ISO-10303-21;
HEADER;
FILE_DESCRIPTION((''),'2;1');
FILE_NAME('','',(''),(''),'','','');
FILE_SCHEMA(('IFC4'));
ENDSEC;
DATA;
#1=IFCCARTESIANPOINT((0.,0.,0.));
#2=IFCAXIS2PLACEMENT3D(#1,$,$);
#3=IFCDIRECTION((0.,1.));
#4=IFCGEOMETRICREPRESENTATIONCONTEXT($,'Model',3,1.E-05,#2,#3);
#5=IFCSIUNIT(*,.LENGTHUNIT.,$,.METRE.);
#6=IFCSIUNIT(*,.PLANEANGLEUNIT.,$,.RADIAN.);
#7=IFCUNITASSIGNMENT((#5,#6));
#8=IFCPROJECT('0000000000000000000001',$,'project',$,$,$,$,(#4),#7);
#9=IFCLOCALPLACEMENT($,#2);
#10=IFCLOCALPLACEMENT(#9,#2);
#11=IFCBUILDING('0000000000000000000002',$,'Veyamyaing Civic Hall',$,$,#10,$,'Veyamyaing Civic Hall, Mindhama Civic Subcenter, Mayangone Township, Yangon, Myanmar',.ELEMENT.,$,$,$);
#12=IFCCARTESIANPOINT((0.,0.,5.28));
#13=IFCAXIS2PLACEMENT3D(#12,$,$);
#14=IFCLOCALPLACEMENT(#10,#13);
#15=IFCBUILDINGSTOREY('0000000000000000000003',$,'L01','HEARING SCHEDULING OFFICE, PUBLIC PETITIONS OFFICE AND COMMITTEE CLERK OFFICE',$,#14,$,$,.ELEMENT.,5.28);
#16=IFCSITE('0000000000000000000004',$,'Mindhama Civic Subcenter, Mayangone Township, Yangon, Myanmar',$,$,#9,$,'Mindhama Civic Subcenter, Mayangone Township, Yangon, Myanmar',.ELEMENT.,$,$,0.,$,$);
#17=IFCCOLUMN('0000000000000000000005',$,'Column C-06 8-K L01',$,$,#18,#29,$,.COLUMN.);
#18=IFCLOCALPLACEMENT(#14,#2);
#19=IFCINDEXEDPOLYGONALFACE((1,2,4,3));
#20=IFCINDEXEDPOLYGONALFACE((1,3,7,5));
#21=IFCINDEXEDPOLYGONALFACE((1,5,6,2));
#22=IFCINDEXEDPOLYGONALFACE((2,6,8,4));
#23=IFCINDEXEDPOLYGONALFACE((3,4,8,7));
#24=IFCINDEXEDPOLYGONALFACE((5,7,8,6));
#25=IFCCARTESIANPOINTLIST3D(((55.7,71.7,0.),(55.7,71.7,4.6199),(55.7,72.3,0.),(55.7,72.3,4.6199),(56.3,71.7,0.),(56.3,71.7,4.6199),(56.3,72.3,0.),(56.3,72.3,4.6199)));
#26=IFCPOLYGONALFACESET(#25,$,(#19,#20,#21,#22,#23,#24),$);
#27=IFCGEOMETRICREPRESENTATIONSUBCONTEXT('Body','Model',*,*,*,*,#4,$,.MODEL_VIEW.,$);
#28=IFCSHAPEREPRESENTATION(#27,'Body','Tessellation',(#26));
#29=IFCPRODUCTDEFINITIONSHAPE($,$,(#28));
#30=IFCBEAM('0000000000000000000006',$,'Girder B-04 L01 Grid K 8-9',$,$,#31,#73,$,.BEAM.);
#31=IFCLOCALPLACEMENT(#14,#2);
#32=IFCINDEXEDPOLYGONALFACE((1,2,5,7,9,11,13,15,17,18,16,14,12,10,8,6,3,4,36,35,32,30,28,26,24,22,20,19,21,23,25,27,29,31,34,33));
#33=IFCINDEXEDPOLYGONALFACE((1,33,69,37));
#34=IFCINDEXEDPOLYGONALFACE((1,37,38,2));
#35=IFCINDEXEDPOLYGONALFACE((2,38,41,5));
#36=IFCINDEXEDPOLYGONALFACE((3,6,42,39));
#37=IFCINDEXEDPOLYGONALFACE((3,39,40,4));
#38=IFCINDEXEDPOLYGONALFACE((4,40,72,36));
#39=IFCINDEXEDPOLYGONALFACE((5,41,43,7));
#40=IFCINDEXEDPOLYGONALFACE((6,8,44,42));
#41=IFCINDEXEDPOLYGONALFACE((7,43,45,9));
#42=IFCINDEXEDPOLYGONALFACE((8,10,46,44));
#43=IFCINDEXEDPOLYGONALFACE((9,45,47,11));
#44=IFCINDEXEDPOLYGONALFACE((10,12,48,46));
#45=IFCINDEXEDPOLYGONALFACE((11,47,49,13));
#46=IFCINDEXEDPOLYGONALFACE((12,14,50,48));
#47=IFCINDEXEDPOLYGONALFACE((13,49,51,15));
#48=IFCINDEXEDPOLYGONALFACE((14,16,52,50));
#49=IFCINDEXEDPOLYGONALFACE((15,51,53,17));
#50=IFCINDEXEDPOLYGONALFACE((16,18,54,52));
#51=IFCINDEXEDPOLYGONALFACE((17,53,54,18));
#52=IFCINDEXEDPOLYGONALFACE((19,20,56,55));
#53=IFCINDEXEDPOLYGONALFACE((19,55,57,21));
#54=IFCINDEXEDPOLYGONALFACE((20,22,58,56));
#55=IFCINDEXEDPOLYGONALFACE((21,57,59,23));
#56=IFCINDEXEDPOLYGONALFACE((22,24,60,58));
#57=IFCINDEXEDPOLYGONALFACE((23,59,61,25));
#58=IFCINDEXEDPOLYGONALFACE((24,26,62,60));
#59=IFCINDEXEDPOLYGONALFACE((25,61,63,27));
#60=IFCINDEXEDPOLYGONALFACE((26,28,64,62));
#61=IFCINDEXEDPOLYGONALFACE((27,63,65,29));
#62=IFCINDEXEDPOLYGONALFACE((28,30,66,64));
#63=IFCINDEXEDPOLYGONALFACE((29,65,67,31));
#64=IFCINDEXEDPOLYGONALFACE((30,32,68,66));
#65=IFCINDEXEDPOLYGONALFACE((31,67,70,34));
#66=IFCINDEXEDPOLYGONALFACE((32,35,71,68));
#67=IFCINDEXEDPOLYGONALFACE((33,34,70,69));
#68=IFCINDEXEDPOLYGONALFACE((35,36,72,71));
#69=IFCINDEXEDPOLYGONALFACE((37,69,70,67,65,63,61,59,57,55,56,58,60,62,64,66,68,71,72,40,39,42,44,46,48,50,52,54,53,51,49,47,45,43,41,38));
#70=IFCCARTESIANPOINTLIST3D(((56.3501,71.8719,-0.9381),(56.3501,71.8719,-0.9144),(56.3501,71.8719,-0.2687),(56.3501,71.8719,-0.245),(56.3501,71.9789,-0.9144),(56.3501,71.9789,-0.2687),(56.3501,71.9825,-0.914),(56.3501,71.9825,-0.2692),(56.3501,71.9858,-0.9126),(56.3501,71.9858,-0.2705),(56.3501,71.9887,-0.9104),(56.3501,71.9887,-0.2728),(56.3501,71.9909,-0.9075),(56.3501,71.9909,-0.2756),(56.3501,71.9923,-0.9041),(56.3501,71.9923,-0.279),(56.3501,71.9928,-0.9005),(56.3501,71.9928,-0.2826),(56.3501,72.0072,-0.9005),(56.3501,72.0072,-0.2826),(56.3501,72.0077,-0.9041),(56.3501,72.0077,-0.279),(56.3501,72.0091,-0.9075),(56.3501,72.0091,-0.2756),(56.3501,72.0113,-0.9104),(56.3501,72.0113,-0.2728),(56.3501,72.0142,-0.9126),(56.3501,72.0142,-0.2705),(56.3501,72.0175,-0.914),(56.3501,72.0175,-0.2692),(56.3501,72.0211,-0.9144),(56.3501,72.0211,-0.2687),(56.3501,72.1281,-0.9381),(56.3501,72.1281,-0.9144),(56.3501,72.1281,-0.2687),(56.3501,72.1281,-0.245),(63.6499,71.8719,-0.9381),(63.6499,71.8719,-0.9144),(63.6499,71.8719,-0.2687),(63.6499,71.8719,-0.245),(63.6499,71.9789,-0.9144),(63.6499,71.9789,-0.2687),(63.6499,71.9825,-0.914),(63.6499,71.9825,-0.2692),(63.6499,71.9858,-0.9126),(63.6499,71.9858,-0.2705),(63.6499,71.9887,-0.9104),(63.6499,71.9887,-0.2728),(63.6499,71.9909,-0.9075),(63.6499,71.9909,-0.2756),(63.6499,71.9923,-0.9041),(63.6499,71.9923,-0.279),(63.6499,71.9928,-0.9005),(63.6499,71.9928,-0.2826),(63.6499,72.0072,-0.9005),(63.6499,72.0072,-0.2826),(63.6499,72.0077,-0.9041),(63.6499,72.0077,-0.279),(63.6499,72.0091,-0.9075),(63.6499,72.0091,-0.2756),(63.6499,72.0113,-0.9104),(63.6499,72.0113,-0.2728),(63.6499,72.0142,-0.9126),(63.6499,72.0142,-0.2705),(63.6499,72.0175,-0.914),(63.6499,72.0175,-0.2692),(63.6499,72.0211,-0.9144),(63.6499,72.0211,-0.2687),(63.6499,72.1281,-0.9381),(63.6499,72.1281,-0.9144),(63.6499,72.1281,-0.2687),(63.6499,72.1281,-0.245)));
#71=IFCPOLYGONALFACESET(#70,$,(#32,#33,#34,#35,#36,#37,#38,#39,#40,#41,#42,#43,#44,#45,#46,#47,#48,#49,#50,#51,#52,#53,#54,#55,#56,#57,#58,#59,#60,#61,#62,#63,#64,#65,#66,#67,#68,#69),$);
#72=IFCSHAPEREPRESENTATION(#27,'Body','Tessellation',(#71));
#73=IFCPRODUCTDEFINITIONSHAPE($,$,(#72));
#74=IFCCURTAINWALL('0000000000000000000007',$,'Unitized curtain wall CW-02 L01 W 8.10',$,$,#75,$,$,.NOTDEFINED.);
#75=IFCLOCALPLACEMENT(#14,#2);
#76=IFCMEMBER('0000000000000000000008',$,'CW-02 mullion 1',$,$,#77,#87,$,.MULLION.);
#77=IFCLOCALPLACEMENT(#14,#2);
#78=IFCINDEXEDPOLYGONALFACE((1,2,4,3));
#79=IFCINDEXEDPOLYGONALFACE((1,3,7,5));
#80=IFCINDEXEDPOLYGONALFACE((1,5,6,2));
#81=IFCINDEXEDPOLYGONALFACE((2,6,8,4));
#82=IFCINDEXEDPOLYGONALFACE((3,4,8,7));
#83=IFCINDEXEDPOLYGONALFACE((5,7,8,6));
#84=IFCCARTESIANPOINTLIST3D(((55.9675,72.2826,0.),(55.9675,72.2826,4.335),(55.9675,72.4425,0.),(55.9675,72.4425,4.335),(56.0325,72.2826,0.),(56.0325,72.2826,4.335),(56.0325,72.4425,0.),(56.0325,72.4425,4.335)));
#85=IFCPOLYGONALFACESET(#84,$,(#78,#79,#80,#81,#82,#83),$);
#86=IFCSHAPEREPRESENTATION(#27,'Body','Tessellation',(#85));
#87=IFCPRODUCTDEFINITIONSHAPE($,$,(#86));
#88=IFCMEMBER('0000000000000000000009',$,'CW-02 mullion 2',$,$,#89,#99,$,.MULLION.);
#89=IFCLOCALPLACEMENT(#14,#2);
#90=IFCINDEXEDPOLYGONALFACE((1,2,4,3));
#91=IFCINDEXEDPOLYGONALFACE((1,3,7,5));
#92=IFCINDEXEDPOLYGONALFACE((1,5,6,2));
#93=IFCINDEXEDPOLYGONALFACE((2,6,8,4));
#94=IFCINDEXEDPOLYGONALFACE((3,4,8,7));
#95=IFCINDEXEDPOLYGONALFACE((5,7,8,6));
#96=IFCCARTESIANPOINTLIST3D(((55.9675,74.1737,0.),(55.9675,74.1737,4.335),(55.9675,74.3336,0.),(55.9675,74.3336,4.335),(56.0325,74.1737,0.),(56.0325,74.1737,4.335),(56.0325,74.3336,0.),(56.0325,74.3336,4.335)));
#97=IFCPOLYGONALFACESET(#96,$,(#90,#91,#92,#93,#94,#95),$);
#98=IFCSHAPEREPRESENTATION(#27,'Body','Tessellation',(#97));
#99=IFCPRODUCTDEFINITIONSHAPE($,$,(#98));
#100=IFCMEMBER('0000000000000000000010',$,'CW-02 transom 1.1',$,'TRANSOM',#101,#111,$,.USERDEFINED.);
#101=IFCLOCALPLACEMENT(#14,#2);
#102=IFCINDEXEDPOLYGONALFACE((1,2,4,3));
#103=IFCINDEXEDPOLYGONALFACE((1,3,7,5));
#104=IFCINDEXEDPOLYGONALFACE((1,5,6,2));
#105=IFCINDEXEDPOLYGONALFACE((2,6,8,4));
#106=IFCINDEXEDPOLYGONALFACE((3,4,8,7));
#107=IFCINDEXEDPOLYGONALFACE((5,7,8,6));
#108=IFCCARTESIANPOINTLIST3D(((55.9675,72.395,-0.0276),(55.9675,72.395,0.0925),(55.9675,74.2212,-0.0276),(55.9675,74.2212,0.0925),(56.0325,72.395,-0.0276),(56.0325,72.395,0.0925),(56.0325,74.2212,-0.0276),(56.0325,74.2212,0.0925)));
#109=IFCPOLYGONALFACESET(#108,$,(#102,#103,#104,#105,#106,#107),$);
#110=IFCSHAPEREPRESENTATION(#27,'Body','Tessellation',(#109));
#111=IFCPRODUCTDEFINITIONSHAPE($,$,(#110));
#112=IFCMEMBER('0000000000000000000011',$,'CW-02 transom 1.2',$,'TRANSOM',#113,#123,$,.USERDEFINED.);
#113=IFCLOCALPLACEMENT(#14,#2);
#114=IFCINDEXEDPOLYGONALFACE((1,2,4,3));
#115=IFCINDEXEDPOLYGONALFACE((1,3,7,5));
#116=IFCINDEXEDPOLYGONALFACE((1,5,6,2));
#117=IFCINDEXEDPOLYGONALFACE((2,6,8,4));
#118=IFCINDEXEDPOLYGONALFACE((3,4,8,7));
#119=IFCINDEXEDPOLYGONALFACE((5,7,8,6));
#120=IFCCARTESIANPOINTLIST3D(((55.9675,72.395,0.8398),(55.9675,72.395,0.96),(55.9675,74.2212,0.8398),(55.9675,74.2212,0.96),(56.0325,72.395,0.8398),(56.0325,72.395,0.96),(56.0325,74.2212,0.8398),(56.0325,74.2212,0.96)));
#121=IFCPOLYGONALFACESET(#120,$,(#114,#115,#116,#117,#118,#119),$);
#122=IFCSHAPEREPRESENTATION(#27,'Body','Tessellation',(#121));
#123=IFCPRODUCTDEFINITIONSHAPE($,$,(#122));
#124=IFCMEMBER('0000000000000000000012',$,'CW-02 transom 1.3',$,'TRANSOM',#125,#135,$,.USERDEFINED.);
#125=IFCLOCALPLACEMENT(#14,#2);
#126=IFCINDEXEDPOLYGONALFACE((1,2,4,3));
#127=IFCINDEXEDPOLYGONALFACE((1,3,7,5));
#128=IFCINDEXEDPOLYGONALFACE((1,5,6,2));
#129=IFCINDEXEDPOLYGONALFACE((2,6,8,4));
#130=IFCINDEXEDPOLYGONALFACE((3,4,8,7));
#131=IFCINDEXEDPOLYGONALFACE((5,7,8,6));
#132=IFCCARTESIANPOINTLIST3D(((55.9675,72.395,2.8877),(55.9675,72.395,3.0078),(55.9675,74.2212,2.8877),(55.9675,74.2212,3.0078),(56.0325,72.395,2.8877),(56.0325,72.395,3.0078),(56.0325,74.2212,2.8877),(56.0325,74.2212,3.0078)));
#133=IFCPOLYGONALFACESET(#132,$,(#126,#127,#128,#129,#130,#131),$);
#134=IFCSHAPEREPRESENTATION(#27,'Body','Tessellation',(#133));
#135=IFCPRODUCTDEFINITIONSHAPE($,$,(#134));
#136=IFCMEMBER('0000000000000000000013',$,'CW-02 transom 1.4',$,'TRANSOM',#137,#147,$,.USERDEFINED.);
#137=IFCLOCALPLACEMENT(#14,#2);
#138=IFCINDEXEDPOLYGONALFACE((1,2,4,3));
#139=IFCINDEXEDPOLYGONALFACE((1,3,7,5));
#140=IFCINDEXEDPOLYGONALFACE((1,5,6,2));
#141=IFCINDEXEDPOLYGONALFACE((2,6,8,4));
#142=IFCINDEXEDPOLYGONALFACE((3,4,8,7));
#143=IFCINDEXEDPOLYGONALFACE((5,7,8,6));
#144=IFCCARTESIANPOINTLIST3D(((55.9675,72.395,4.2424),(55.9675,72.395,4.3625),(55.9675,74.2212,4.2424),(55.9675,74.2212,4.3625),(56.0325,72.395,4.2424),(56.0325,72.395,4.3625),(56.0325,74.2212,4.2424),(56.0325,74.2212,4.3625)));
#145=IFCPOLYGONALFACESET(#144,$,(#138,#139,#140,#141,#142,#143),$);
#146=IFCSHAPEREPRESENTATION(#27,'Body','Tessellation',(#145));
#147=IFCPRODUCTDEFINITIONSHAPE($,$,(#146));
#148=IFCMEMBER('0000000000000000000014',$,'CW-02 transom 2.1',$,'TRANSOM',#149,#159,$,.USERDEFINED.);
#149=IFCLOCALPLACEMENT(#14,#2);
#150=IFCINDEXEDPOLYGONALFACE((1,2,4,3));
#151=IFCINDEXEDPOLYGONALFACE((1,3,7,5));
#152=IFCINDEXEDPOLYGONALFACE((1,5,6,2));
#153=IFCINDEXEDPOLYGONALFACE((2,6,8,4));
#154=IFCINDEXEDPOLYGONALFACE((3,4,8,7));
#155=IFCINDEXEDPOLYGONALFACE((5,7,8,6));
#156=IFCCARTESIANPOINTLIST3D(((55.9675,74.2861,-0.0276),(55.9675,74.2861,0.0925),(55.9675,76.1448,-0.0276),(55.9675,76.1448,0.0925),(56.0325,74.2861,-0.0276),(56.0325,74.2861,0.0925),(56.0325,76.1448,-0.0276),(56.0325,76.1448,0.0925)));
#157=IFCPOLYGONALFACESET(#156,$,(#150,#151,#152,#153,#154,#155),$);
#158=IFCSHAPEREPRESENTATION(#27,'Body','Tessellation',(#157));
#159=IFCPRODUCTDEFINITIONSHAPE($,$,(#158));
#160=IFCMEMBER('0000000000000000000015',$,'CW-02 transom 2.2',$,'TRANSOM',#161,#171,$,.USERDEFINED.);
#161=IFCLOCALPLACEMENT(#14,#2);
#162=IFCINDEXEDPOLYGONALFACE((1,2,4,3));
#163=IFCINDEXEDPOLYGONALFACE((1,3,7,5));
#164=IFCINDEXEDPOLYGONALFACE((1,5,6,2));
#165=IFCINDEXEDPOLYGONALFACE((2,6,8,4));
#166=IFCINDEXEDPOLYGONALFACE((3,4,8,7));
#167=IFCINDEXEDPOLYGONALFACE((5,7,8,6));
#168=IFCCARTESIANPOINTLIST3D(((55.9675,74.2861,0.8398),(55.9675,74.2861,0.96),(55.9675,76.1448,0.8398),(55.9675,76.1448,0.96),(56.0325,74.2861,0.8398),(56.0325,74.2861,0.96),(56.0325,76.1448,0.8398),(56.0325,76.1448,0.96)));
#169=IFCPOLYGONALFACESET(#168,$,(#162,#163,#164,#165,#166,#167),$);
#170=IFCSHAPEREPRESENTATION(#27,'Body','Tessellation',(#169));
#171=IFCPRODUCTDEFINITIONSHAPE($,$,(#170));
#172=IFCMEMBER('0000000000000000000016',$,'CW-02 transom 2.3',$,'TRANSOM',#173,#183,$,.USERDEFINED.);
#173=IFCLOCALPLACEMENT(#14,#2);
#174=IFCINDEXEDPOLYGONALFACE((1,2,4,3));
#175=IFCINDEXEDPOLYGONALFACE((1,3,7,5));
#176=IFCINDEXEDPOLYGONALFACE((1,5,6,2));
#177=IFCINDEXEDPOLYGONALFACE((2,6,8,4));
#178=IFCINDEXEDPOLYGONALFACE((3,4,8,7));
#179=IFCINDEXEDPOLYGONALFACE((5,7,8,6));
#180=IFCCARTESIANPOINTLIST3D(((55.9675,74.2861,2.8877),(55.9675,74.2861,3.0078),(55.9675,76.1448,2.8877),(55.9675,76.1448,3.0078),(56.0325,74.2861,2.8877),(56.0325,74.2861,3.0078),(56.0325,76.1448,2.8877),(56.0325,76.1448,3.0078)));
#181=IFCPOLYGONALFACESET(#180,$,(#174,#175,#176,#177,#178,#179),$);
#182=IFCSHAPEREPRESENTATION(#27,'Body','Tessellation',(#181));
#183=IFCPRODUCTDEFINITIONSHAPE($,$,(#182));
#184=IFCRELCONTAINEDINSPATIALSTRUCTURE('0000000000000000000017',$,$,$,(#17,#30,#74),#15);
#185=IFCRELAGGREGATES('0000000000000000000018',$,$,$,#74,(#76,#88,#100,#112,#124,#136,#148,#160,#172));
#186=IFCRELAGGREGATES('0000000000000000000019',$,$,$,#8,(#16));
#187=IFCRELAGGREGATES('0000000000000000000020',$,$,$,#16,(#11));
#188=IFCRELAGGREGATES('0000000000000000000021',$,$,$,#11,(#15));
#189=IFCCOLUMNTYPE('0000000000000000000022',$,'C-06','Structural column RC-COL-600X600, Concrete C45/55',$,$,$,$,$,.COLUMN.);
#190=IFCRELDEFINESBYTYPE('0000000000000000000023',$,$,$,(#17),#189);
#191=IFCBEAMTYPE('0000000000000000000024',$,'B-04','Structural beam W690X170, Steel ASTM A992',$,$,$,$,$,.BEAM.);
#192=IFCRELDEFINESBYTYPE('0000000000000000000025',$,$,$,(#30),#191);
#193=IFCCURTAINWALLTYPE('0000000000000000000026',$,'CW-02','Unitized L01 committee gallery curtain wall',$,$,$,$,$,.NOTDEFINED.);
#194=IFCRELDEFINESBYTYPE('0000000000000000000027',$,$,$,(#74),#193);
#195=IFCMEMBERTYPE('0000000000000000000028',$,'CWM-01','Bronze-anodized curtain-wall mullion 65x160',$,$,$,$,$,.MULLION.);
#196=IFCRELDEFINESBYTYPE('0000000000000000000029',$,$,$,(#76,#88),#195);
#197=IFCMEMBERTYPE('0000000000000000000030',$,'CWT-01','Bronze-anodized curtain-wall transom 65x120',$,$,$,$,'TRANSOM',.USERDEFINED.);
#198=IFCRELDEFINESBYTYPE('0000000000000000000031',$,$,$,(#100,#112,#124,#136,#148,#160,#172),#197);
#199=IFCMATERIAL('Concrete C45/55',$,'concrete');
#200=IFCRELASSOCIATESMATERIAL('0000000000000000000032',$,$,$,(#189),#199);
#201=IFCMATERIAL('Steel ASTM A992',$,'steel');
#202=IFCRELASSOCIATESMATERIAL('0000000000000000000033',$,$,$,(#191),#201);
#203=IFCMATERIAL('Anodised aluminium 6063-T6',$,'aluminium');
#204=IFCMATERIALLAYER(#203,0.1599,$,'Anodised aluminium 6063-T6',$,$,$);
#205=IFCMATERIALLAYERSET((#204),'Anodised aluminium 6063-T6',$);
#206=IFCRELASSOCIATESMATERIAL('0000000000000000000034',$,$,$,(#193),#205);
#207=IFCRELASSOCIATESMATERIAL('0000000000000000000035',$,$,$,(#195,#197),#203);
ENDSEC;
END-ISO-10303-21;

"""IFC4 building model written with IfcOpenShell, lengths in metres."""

from ifc_helpers import new_model, si_unit, direction, frame, origin, origin_2d, place, context, subcontext, project, spatial, rectangle, i_section, extrude, material, layer, layer_set, material_profile, profile_set, type_object, element, aggregate, save


model = new_model("IFC4")

# Units and contexts
model_context = context("Model", 3, precision=1e-05, world=origin(), true_north=direction((0.0, 1.0)))
body_context = subcontext(model_context, "Body", "Model", "MODEL_VIEW")
ifc_project = project(units=[si_unit("LENGTHUNIT", "METRE"), si_unit("PLANEANGLEUNIT", "RADIAN")], contexts=[model_context])

# Site, building, storey
site_placement = place(None, origin())
site = spatial("IfcSite", under=ifc_project, at=site_placement, Name="Mindhama Civic Subcenter, Mayangone Township, Yangon, Myanmar", LongName="Mindhama Civic Subcenter, Mayangone Township, Yangon, Myanmar", CompositionType="ELEMENT", RefElevation=0.0)
building_placement = place(site_placement, origin())
building = spatial("IfcBuilding", under=site, at=building_placement, Name="Veyamyaing Civic Hall", LongName="Veyamyaing Civic Hall, Mindhama Civic Subcenter, Mayangone Township, Yangon, Myanmar", CompositionType="ELEMENT")
storey_placement = place(building_placement, frame((0.0, 0.0, 5.28)))
storey = spatial("IfcBuildingStorey", under=building, at=storey_placement, Name="L01", Description="HEARING SCHEDULING OFFICE, PUBLIC PETITIONS OFFICE AND COMMITTEE CLERK OFFICE", CompositionType="ELEMENT", Elevation=5.28)

# Column
ifc_material_1 = material(Name="Concrete C45/55", Category="concrete")
ifc_material_profile_1 = material_profile(ifc_material_1, rectangle(XDim=0.6001, YDim=0.6001, at=origin_2d()), Name="RC-COL-600X600")
ifc_profile_set_1 = profile_set([ifc_material_profile_1], Name="Concrete C45/55")
column_type = type_object("IfcColumnType", Name="C-06", Description="Structural column RC-COL-600X600, Concrete C45/55", PredefinedType="COLUMN", material=ifc_profile_set_1)
column_placement = place(storey_placement, frame((56.0, 72.0, 0.0), z_axis=(0.0, 0.0, 1.0), x_axis=(1.0, 0.0, 0.0)))
element("IfcColumn", 1, at=column_placement, inside=storey, type_object=column_type, Name="Column C-06 8-K L01", PredefinedType="COLUMN", context=body_context, shape_type="SweptSolid", body=[
    extrude(rectangle(XDim=0.6001, YDim=0.6001, at=origin_2d()), origin(), (0.0, 0.0, 1.0), 4.6199),
])

# Beam
ifc_material_2 = material(Name="Steel ASTM A992", Category="steel")
ifc_material_profile_2 = material_profile(ifc_material_2, i_section(OverallWidth=0.2561, OverallDepth=0.6931, WebThickness=0.0144, FlangeThickness=0.0237, FilletRadius=0.0139, at=origin_2d()), Name="W690X170")
ifc_profile_set_2 = profile_set([ifc_material_profile_2], Name="Steel ASTM A992")
beam_type_1 = type_object("IfcBeamType", Name="B-04", Description="Structural beam W690X170, Steel ASTM A992", PredefinedType="BEAM", material=ifc_profile_set_2)
beam_1_placement = place(storey_placement, frame((56.3501, 72.0, -0.5916), z_axis=(1.0, 0.0, 0.0), x_axis=(0.0, 1.0, 0.0)))
element("IfcBeam", 2, at=beam_1_placement, inside=storey, type_object=beam_type_1, Name="Girder B-04 L01 Grid K 8-9", PredefinedType="BEAM", context=body_context, shape_type="SweptSolid", body=[
    extrude(i_section(OverallWidth=0.2561, OverallDepth=0.6931, WebThickness=0.0144, FlangeThickness=0.0237, FilletRadius=0.0139, at=origin_2d()), origin(), (0.0, 0.0, 1.0), 7.2998),
])

# Curtain wall, members
ifc_material_3 = material(Name="Anodised aluminium 6063-T6", Category="aluminium")
ifc_layer_1 = layer(ifc_material_3, 0.1599, Name="Anodised aluminium 6063-T6")
ifc_layer_set_1 = layer_set([ifc_layer_1], Name="Anodised aluminium 6063-T6")
curtain_wall_type = type_object("IfcCurtainWallType", Name="CW-02", Description="Unitized L01 committee gallery curtain wall", PredefinedType="NOTDEFINED", material=ifc_layer_set_1)
curtain_wall_placement = place(storey_placement, origin())
curtain_wall = element("IfcCurtainWall", 3, at=curtain_wall_placement, inside=storey, type_object=curtain_wall_type, Name="Unitized curtain wall CW-02 L01 W 8.10", PredefinedType="NOTDEFINED")
ifc_material_profile_3 = material_profile(ifc_material_3, rectangle(XDim=0.0649, YDim=0.1599, at=origin_2d()), Name="ALU-MUL-65X160")
ifc_profile_set_3 = profile_set([ifc_material_profile_3], Name="Anodised aluminium 6063-T6")
member_type_1 = type_object("IfcMemberType", Name="CWM-01", Description="Bronze-anodized curtain-wall mullion 65x160", PredefinedType="MULLION", material=ifc_profile_set_3)
member_1_placement = place(storey_placement, frame((56.0, 72.3625, 0.0), z_axis=(0.0, 0.0, 1.0), x_axis=(-1.0, 0.0, 0.0)))
member_1 = element("IfcMember", 4, at=member_1_placement, type_object=member_type_1, Name="CW-02 mullion 1", PredefinedType="MULLION", context=body_context, shape_type="SweptSolid", body=[
    extrude(rectangle(XDim=0.0649, YDim=0.1599, at=origin_2d()), origin(), (0.0, 0.0, 1.0), 4.335),
])
member_2_placement = place(storey_placement, frame((56.0, 74.2537, 0.0), z_axis=(0.0, 0.0, 1.0), x_axis=(-1.0, 0.0, 0.0)))
member_2 = element("IfcMember", 5, at=member_2_placement, type_object=member_type_1, Name="CW-02 mullion 2", PredefinedType="MULLION", context=body_context, shape_type="SweptSolid", body=[
    extrude(rectangle(XDim=0.0649, YDim=0.1599, at=origin_2d()), origin(), (0.0, 0.0, 1.0), 4.335),
])
ifc_material_profile_4 = material_profile(ifc_material_3, rectangle(XDim=0.0649, YDim=0.1201, at=origin_2d()), Name="ALU-TRN-65X120")
ifc_profile_set_4 = profile_set([ifc_material_profile_4], Name="Anodised aluminium 6063-T6")
member_type_2 = type_object("IfcMemberType", Name="CWT-01", Description="Bronze-anodized curtain-wall transom 65x120", ElementType="TRANSOM", PredefinedType="USERDEFINED", material=ifc_profile_set_4)
member_3_placement = place(storey_placement, frame((56.0, 72.395, 0.0325), z_axis=(0.0, 1.0, 0.0), x_axis=(-1.0, 0.0, 0.0)))
member_3 = element("IfcMember", 6, at=member_3_placement, type_object=member_type_2, Name="CW-02 transom 1.1", ObjectType="TRANSOM", PredefinedType="USERDEFINED", context=body_context, shape_type="SweptSolid", body=[
    extrude(rectangle(XDim=0.0649, YDim=0.1201, at=origin_2d()), origin(), (0.0, 0.0, 1.0), 1.8262),
])
member_4_placement = place(storey_placement, frame((56.0, 72.395, 0.8999), z_axis=(0.0, 1.0, 0.0), x_axis=(-1.0, 0.0, 0.0)))
member_4 = element("IfcMember", 7, at=member_4_placement, type_object=member_type_2, Name="CW-02 transom 1.2", ObjectType="TRANSOM", PredefinedType="USERDEFINED", context=body_context, shape_type="SweptSolid", body=[
    extrude(rectangle(XDim=0.0649, YDim=0.1201, at=origin_2d()), origin(), (0.0, 0.0, 1.0), 1.8262),
])
member_5_placement = place(storey_placement, frame((56.0, 72.395, 2.9478), z_axis=(0.0, 1.0, 0.0), x_axis=(-1.0, 0.0, 0.0)))
member_5 = element("IfcMember", 8, at=member_5_placement, type_object=member_type_2, Name="CW-02 transom 1.3", ObjectType="TRANSOM", PredefinedType="USERDEFINED", context=body_context, shape_type="SweptSolid", body=[
    extrude(rectangle(XDim=0.0649, YDim=0.1201, at=origin_2d()), origin(), (0.0, 0.0, 1.0), 1.8262),
])
member_6_placement = place(storey_placement, frame((56.0, 72.395, 4.3025), z_axis=(0.0, 1.0, 0.0), x_axis=(-1.0, 0.0, 0.0)))
member_6 = element("IfcMember", 9, at=member_6_placement, type_object=member_type_2, Name="CW-02 transom 1.4", ObjectType="TRANSOM", PredefinedType="USERDEFINED", context=body_context, shape_type="SweptSolid", body=[
    extrude(rectangle(XDim=0.0649, YDim=0.1201, at=origin_2d()), origin(), (0.0, 0.0, 1.0), 1.8262),
])
member_7_placement = place(storey_placement, frame((56.0, 74.2861, 0.0325), z_axis=(0.0, 1.0, 0.0), x_axis=(-1.0, 0.0, 0.0)))
member_7 = element("IfcMember", 10, at=member_7_placement, type_object=member_type_2, Name="CW-02 transom 2.1", ObjectType="TRANSOM", PredefinedType="USERDEFINED", context=body_context, shape_type="SweptSolid", body=[
    extrude(rectangle(XDim=0.0649, YDim=0.1201, at=origin_2d()), origin(), (0.0, 0.0, 1.0), 1.8586),
])
member_8_placement = place(storey_placement, frame((56.0, 74.2861, 0.8999), z_axis=(0.0, 1.0, 0.0), x_axis=(-1.0, 0.0, 0.0)))
member_8 = element("IfcMember", 11, at=member_8_placement, type_object=member_type_2, Name="CW-02 transom 2.2", ObjectType="TRANSOM", PredefinedType="USERDEFINED", context=body_context, shape_type="SweptSolid", body=[
    extrude(rectangle(XDim=0.0649, YDim=0.1201, at=origin_2d()), origin(), (0.0, 0.0, 1.0), 1.8586),
])
member_9_placement = place(storey_placement, frame((56.0, 74.2861, 2.9478), z_axis=(0.0, 1.0, 0.0), x_axis=(-1.0, 0.0, 0.0)))
member_9 = element("IfcMember", 12, at=member_9_placement, type_object=member_type_2, Name="CW-02 transom 2.3", ObjectType="TRANSOM", PredefinedType="USERDEFINED", context=body_context, shape_type="SweptSolid", body=[
    extrude(rectangle(XDim=0.0649, YDim=0.1201, at=origin_2d()), origin(), (0.0, 0.0, 1.0), 1.8586),
])

aggregate(curtain_wall, [member_1, member_2, member_3, member_4, member_5, member_6, member_7, member_8, member_9])

save(model, "model.ifc")
